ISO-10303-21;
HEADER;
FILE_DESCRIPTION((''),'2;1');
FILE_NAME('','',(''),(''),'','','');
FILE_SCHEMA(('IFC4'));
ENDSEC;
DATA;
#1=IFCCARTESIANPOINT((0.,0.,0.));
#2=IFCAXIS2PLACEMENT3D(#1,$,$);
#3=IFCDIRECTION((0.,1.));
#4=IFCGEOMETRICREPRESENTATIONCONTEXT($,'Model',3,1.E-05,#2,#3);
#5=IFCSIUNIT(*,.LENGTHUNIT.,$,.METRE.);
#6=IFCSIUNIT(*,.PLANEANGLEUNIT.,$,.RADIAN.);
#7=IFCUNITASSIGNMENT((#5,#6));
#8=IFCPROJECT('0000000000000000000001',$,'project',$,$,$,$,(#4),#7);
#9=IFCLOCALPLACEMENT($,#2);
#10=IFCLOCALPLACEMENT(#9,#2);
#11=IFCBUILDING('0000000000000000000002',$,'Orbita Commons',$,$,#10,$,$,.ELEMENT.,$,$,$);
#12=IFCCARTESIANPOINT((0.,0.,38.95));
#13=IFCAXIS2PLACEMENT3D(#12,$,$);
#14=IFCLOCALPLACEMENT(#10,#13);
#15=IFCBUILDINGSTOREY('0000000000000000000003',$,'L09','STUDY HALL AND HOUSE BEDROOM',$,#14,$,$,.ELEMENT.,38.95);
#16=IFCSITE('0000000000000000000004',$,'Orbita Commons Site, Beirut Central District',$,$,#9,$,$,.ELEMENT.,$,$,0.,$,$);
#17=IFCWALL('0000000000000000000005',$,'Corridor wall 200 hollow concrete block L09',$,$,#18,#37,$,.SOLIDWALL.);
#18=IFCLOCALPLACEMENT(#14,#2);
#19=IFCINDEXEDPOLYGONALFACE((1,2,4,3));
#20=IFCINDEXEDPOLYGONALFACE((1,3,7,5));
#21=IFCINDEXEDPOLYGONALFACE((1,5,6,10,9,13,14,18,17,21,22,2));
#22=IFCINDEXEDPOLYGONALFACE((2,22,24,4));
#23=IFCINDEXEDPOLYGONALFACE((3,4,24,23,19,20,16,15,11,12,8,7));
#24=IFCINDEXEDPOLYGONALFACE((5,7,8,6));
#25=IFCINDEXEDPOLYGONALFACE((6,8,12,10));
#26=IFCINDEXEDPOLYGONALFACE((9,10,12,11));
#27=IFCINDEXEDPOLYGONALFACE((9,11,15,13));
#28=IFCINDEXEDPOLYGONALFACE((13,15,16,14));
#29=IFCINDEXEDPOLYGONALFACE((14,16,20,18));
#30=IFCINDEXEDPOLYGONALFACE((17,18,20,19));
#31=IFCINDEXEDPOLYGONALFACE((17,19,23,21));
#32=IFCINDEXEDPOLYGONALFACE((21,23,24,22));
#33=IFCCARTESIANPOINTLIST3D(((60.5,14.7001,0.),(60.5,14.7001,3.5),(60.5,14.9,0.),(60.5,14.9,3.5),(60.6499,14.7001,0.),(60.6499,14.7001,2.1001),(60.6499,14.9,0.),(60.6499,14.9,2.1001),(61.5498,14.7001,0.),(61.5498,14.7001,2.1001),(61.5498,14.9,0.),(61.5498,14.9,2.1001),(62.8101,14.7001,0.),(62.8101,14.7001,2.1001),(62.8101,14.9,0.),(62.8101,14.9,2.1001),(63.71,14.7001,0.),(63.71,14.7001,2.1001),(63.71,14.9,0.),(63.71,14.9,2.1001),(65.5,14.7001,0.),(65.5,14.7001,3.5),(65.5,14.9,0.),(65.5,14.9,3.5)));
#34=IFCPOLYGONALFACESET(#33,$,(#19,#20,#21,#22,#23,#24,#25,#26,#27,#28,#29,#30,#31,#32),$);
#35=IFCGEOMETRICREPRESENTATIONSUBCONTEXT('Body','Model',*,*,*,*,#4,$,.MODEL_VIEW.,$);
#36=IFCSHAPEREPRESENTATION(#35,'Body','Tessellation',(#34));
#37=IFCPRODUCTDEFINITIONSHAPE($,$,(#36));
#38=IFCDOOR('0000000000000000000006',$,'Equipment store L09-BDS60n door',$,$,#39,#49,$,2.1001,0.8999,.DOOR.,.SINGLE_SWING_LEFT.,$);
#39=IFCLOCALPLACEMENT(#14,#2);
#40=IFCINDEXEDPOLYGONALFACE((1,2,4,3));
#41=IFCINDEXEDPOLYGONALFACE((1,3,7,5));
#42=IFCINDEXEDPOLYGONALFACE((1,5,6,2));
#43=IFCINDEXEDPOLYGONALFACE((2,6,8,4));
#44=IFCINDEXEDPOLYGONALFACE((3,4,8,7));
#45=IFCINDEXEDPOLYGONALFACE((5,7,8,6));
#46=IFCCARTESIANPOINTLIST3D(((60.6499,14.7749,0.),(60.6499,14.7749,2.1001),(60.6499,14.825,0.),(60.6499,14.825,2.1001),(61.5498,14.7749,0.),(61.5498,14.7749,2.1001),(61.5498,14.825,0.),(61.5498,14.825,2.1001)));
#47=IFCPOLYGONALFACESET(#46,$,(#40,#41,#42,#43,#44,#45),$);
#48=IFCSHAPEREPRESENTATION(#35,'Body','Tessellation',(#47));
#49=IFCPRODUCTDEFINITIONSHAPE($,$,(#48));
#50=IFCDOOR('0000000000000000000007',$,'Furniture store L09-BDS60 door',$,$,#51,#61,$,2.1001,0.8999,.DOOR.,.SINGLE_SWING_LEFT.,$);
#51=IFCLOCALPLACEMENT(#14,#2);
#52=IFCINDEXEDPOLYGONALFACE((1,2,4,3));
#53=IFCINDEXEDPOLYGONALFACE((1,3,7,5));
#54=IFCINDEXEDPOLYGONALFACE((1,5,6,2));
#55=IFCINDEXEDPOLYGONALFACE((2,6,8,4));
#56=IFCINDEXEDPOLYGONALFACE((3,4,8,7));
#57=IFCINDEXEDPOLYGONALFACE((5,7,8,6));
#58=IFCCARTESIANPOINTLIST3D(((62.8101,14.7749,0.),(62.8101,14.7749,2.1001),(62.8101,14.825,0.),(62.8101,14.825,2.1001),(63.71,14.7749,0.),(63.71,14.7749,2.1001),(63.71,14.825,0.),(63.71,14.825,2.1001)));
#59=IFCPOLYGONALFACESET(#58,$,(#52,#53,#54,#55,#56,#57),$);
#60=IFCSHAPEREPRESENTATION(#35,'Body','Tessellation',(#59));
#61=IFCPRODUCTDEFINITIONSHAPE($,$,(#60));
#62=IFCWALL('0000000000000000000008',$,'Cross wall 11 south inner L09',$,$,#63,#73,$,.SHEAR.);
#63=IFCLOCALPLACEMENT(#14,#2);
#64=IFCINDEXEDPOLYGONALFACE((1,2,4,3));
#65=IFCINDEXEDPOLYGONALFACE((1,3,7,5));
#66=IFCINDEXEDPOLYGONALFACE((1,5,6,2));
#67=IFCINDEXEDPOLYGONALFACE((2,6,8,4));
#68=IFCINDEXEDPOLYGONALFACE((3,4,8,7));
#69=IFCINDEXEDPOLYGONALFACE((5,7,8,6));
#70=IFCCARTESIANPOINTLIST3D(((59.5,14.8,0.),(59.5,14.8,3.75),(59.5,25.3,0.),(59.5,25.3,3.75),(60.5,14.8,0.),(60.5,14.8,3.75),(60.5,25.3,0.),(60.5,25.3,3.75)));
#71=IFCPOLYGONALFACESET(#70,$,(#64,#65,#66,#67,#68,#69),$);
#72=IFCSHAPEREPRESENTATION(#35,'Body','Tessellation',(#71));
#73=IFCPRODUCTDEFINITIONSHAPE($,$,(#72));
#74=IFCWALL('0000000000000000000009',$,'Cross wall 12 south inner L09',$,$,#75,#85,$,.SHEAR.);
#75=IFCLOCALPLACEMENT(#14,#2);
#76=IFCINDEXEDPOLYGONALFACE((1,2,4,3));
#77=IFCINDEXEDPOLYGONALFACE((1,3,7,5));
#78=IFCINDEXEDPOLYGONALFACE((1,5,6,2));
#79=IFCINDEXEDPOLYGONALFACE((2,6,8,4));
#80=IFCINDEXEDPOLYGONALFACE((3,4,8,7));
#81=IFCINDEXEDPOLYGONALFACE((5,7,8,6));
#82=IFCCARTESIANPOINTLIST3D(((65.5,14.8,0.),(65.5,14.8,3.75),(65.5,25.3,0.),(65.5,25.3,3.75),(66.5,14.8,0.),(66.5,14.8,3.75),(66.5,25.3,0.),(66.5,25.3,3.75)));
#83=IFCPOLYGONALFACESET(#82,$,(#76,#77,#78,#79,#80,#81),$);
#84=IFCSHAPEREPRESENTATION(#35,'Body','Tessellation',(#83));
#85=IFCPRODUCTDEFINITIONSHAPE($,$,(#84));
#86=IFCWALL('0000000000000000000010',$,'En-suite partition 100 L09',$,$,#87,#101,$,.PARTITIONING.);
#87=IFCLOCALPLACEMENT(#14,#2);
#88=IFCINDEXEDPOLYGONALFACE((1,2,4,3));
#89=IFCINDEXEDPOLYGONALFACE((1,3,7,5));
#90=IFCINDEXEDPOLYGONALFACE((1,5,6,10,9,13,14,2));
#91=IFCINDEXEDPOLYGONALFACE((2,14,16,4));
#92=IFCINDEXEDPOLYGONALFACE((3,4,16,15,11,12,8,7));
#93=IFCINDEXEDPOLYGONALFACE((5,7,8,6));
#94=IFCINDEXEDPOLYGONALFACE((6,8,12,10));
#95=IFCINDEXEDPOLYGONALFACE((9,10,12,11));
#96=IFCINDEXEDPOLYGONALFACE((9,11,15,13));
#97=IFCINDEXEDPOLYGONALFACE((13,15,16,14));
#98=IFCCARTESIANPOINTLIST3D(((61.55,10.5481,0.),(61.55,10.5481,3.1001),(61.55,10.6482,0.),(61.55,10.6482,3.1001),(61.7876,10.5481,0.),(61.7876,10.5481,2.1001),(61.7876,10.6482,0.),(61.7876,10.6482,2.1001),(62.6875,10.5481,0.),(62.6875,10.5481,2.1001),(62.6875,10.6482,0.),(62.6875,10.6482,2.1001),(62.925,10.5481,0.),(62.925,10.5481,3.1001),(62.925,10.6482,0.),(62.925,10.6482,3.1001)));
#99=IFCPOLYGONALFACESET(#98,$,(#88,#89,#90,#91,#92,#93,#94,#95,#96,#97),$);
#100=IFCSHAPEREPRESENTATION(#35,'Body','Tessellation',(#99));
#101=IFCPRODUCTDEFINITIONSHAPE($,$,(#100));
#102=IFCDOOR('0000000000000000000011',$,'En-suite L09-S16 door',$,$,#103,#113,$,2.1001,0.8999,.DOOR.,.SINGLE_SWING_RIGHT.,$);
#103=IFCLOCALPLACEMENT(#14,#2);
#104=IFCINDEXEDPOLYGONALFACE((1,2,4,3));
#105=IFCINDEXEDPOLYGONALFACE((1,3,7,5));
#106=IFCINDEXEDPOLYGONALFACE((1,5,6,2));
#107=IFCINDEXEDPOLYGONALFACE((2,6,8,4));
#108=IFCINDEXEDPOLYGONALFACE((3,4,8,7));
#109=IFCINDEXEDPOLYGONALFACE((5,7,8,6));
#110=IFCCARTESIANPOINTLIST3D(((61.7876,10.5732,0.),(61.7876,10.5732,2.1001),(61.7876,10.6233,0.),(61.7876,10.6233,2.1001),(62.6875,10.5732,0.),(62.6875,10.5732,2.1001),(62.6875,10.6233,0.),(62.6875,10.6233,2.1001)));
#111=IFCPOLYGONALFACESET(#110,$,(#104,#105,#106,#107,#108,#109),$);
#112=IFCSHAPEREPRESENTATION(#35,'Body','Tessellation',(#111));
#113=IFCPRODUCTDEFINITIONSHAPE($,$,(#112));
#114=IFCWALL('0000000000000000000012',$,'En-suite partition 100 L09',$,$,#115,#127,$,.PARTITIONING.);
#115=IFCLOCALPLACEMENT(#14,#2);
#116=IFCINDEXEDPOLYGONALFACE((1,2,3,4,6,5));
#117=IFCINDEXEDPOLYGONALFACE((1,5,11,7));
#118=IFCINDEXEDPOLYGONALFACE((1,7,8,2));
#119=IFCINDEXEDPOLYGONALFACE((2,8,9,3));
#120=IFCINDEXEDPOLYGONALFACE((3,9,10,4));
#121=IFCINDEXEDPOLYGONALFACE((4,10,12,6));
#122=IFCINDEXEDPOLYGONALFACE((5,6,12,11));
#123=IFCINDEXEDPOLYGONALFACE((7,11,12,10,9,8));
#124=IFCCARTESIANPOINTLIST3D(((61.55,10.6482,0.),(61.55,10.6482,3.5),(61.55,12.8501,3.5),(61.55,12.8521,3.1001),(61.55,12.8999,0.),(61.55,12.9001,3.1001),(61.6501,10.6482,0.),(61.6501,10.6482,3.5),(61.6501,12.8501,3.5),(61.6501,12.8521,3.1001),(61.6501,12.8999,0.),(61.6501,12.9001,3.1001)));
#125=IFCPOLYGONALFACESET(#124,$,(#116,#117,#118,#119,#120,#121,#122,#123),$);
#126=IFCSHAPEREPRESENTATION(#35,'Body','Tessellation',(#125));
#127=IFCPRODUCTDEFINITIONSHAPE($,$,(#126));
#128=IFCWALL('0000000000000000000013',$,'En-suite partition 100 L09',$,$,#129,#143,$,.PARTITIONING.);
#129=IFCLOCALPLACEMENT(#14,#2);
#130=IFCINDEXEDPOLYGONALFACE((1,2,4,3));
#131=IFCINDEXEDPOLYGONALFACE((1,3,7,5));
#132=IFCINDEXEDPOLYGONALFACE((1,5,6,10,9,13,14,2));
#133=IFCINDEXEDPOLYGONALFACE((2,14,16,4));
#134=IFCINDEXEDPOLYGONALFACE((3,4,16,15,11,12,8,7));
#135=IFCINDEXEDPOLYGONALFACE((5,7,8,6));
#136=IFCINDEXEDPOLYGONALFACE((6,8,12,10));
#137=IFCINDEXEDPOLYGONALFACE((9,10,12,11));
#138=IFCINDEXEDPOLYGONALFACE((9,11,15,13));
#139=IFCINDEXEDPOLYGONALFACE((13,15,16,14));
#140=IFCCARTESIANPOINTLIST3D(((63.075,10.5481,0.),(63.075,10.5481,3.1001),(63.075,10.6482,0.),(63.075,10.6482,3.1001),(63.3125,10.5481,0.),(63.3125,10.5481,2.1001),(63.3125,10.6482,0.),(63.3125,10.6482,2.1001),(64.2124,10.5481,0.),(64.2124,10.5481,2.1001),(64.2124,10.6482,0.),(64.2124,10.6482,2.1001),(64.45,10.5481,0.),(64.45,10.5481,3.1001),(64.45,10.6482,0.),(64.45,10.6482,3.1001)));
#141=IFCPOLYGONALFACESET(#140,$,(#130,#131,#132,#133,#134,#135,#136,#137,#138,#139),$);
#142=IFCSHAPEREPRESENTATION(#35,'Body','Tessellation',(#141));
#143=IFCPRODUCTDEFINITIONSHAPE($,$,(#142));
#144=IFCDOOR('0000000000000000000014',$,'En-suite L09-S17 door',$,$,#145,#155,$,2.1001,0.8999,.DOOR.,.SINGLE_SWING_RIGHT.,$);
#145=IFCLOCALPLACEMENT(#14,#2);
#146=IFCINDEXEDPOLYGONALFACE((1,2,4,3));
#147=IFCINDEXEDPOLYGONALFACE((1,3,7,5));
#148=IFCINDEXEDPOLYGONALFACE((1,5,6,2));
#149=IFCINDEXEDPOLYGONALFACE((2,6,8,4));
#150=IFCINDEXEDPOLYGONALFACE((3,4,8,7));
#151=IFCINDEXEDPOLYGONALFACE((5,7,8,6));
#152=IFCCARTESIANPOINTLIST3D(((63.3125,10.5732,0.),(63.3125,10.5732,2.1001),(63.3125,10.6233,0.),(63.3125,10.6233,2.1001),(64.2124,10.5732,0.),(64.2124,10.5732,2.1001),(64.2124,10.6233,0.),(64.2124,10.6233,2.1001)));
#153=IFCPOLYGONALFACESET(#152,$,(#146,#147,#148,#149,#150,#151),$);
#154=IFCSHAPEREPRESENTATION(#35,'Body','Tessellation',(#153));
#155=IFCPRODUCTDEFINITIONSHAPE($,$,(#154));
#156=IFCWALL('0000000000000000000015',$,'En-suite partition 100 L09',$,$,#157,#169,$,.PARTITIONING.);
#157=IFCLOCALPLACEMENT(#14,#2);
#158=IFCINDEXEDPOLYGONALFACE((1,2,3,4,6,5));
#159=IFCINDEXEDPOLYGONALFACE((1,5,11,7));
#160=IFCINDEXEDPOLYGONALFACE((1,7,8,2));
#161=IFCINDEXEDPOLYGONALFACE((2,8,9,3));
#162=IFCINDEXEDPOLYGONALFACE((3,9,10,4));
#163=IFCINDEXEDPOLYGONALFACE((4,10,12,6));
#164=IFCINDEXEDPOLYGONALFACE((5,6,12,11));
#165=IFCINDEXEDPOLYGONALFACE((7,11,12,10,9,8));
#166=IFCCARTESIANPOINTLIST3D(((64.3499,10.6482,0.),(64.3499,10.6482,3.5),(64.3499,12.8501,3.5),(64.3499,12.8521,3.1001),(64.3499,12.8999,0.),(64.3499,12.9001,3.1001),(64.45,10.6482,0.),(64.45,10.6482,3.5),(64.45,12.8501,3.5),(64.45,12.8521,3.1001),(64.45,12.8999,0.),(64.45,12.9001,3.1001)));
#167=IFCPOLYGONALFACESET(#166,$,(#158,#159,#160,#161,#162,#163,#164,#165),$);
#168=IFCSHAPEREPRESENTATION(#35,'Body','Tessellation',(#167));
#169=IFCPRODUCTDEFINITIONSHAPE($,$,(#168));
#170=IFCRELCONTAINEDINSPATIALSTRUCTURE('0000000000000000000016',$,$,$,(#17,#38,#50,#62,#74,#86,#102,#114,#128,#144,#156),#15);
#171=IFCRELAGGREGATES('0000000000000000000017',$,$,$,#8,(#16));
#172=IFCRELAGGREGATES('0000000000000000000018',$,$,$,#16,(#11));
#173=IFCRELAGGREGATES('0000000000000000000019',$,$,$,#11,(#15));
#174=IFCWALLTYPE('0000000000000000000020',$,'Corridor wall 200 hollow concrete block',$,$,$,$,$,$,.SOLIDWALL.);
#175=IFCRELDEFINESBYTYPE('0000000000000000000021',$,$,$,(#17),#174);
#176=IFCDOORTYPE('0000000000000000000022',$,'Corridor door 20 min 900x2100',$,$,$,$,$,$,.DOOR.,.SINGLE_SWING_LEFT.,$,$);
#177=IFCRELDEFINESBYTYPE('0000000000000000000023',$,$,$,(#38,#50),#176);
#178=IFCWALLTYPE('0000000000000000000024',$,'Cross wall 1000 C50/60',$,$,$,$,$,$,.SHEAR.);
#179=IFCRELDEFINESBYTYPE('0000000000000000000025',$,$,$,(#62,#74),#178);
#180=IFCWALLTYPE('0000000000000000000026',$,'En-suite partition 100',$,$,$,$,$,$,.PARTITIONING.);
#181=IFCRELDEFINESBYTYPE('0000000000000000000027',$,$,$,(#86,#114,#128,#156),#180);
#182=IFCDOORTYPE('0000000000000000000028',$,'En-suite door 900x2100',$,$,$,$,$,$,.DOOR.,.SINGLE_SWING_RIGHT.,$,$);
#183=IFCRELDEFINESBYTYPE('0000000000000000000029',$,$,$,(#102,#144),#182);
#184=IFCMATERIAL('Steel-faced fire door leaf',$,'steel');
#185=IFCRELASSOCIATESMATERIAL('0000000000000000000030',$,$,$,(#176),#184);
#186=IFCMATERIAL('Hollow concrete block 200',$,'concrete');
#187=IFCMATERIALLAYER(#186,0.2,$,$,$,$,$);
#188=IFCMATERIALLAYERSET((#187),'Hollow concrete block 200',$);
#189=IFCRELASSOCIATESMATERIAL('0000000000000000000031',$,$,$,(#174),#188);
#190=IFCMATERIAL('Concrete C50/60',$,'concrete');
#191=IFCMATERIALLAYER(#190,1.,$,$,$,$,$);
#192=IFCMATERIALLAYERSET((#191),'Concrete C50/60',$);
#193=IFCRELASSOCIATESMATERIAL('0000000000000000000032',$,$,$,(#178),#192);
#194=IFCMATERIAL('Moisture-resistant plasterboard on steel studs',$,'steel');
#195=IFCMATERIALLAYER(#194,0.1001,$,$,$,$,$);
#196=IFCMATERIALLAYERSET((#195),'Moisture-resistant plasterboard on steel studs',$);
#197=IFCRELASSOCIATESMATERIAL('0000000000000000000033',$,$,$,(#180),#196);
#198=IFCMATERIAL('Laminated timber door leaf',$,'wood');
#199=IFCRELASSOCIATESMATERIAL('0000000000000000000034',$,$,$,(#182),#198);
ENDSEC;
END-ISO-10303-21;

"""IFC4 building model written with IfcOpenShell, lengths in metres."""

from ifc_helpers import new_model, si_unit, direction, frame, frame_2d, origin, place, context, subcontext, project, spatial, polyline, rectangle, outline, extrude, material, layer, layer_set, type_object, element, fill, save


model = new_model("IFC4")

# Units and contexts
model_context = context("Model", 3, precision=1e-05, world=origin(), true_north=direction((0.0, 1.0)))
body_context = subcontext(model_context, "Body", "Model", "MODEL_VIEW")
ifc_project = project(units=[si_unit("LENGTHUNIT", "METRE"), si_unit("PLANEANGLEUNIT", "RADIAN")], contexts=[model_context])

# Site, building, storey
site_placement = place(None, origin())
site = spatial("IfcSite", under=ifc_project, at=site_placement, Name="Orbita Commons Site, Beirut Central District", CompositionType="ELEMENT", RefElevation=0.0)
building_placement = place(site_placement, origin())
building = spatial("IfcBuilding", under=site, at=building_placement, Name="Orbita Commons", CompositionType="ELEMENT")
storey_placement = place(building_placement, frame((0.0, 0.0, 38.95)))
storey = spatial("IfcBuildingStorey", under=building, at=storey_placement, Name="L09", Description="STUDY HALL AND HOUSE BEDROOM", CompositionType="ELEMENT", Elevation=38.95)

# Wall, openings, doors
ifc_material_1 = material(Name="Steel-faced fire door leaf", Category="steel")
door_type_1 = type_object("IfcDoorType", Name="Corridor door 20 min 900x2100", OperationType="SINGLE_SWING_LEFT", PredefinedType="DOOR", material=ifc_material_1)
ifc_material_2 = material(Name="Hollow concrete block 200", Category="concrete")
ifc_layer_1 = layer(ifc_material_2, 0.2)
ifc_layer_set_1 = layer_set([ifc_layer_1], Name="Hollow concrete block 200")
wall_type_1 = type_object("IfcWallType", Name="Corridor wall 200 hollow concrete block", PredefinedType="SOLIDWALL", material=ifc_layer_set_1)
wall_1_placement = place(storey_placement, frame((60.5, 14.8, 0.0), z_axis=(0.0, 0.0, 1.0), x_axis=(1.0, 0.0, 0.0)))
wall_1 = element("IfcWall", 1, at=wall_1_placement, inside=storey, type_object=wall_type_1, Name="Corridor wall 200 hollow concrete block L09", PredefinedType="SOLIDWALL", context=body_context, shape_type="SweptSolid", body=[
    extrude(rectangle(XDim=5.0, YDim=0.2, at=frame_2d((2.5, 0.0))), origin(), (0.0, 0.0, 1.0), 3.5),
])
opening_1_placement = place(wall_1_placement, frame((0.1499, 0.0, 0.0)))
opening_1 = element("IfcOpeningElement", 2, at=opening_1_placement, cuts=wall_1, PredefinedType="OPENING", context=body_context, shape_type="SweptSolid", body=[
    extrude(rectangle(XDim=0.8999, YDim=2.1001, at=frame_2d((0.45, 1.05))), frame((0.0, 0.1099, 0.0), z_axis=(0.0, -1.0, 0.0), x_axis=(1.0, 0.0, 0.0)), (0.0, 0.0, 1.0), 0.22),
])
opening_2_placement = place(wall_1_placement, frame((2.3101, 0.0, 0.0)))
opening_2 = element("IfcOpeningElement", 3, at=opening_2_placement, cuts=wall_1, PredefinedType="OPENING", context=body_context, shape_type="SweptSolid", body=[
    extrude(rectangle(XDim=0.8999, YDim=2.1001, at=frame_2d((0.45, 1.05))), frame((0.0, 0.1099, 0.0), z_axis=(0.0, -1.0, 0.0), x_axis=(1.0, 0.0, 0.0)), (0.0, 0.0, 1.0), 0.22),
])
door_1_placement = place(opening_1_placement, origin())
door_1 = element("IfcDoor", 4, at=door_1_placement, inside=storey, type_object=door_type_1, Name="Equipment store L09-BDS60n door", OperationType="SINGLE_SWING_LEFT", OverallHeight=2.1001, OverallWidth=0.8999, PredefinedType="DOOR", context=body_context, shape_type="SweptSolid", body=[
    extrude(rectangle(XDim=0.8999, YDim=2.1001, at=frame_2d((0.45, 1.05))), frame((0.0, 0.0249, 0.0), z_axis=(0.0, -1.0, 0.0), x_axis=(1.0, 0.0, 0.0)), (0.0, 0.0, 1.0), 0.05),
])
fill(opening_1, door_1)
door_2_placement = place(opening_2_placement, origin())
door_2 = element("IfcDoor", 5, at=door_2_placement, inside=storey, type_object=door_type_1, Name="Furniture store L09-BDS60 door", OperationType="SINGLE_SWING_LEFT", OverallHeight=2.1001, OverallWidth=0.8999, PredefinedType="DOOR", context=body_context, shape_type="SweptSolid", body=[
    extrude(rectangle(XDim=0.8999, YDim=2.1001, at=frame_2d((0.45, 1.05))), frame((0.0, 0.0249, 0.0), z_axis=(0.0, -1.0, 0.0), x_axis=(1.0, 0.0, 0.0)), (0.0, 0.0, 1.0), 0.05),
])
fill(opening_2, door_2)

# Walls
ifc_material_3 = material(Name="Concrete C50/60", Category="concrete")
ifc_layer_2 = layer(ifc_material_3, 1.0)
ifc_layer_set_2 = layer_set([ifc_layer_2], Name="Concrete C50/60")
wall_type_2 = type_object("IfcWallType", Name="Cross wall 1000 C50/60", PredefinedType="SHEAR", material=ifc_layer_set_2)
for number, where, z_axis, x_axis, name in (
    (6, (60.0, 14.8, 0.0), (0.0, 0.0, 1.0), (0.0, 1.0, 0.0), "Cross wall 11 south inner L09"),
    (7, (66.0, 14.8, 0.0), (0.0, 0.0, 1.0), (0.0, 1.0, 0.0), "Cross wall 12 south inner L09"),
):
    element("IfcWall", number, at=place(storey_placement, frame(where, z_axis=z_axis, x_axis=x_axis)), inside=storey, type_object=wall_type_2, Name=name, PredefinedType="SHEAR", context=body_context, shape_type="SweptSolid", body=[
        extrude(rectangle(XDim=10.5, YDim=1.0, at=frame_2d((5.25, 0.0))), origin(), (0.0, 0.0, 1.0), 3.75),
    ])

# Wall, opening, door
ifc_material_4 = material(Name="Moisture-resistant plasterboard on steel studs", Category="steel")
ifc_layer_3 = layer(ifc_material_4, 0.1001)
ifc_layer_set_3 = layer_set([ifc_layer_3], Name="Moisture-resistant plasterboard on steel studs")
wall_type_3 = type_object("IfcWallType", Name="En-suite partition 100", PredefinedType="PARTITIONING", material=ifc_layer_set_3)
wall_2_placement = place(storey_placement, frame((62.925, 10.5981, 0.0), z_axis=(0.0, 0.0, 1.0), x_axis=(-1.0, 0.0, 0.0)))
wall_2 = element("IfcWall", 8, at=wall_2_placement, inside=storey, type_object=wall_type_3, Name="En-suite partition 100 L09", PredefinedType="PARTITIONING", context=body_context, shape_type="SweptSolid", body=[
    extrude(outline(polyline([(0.0, 0.0), (1.375, 0.0), (1.375, 3.1001), (0.0, 3.1001), (0.0, 0.0)])), frame((0.0, 0.05, 0.0), z_axis=(0.0, -1.0, 0.0), x_axis=(1.0, 0.0, 0.0)), (0.0, 0.0, 1.0), 0.1001),
])
opening_3_placement = place(wall_2_placement, frame((0.2375, 0.0, 0.0)))
opening_3 = element("IfcOpeningElement", 9, at=opening_3_placement, cuts=wall_2, PredefinedType="OPENING", context=body_context, shape_type="SweptSolid", body=[
    extrude(rectangle(XDim=0.8999, YDim=2.1001, at=frame_2d((0.45, 1.05))), frame((0.0, 0.0601, 0.0), z_axis=(0.0, -1.0, 0.0), x_axis=(1.0, 0.0, 0.0)), (0.0, 0.0, 1.0), 0.1201),
])
ifc_material_5 = material(Name="Laminated timber door leaf", Category="wood")
door_type_2 = type_object("IfcDoorType", Name="En-suite door 900x2100", OperationType="SINGLE_SWING_RIGHT", PredefinedType="DOOR", material=ifc_material_5)
door_3_placement = place(opening_3_placement, origin())
door_3 = element("IfcDoor", 10, at=door_3_placement, inside=storey, type_object=door_type_2, Name="En-suite L09-S16 door", OperationType="SINGLE_SWING_RIGHT", OverallHeight=2.1001, OverallWidth=0.8999, PredefinedType="DOOR", context=body_context, shape_type="SweptSolid", body=[
    extrude(rectangle(XDim=0.8999, YDim=2.1001, at=frame_2d((0.45, 1.05))), frame((0.0, 0.0249, 0.0), z_axis=(0.0, -1.0, 0.0), x_axis=(1.0, 0.0, 0.0)), (0.0, 0.0, 1.0), 0.05),
])
fill(opening_3, door_3)

# Wall
wall_3_placement = place(storey_placement, frame((61.6001, 10.6482, 0.0), z_axis=(0.0, 0.0, 1.0), x_axis=(0.0, 1.0, 0.0)))
element("IfcWall", 11, at=wall_3_placement, inside=storey, type_object=wall_type_3, Name="En-suite partition 100 L09", PredefinedType="PARTITIONING", context=body_context, shape_type="SweptSolid", body=[
    extrude(outline(polyline([(0.0, 0.0), (2.2517, 0.0), (2.252, 3.1001), (2.2039, 3.1001), (2.2019, 3.5), (0.0, 3.5), (0.0, 0.0)])), frame((0.0, 0.05, 0.0), z_axis=(0.0, -1.0, 0.0), x_axis=(1.0, 0.0, 0.0)), (0.0, 0.0, 1.0), 0.1001),
])

# Wall, opening, door
wall_4_placement = place(storey_placement, frame((64.45, 10.5981, 0.0), z_axis=(0.0, 0.0, 1.0), x_axis=(-1.0, 0.0, 0.0)))
wall_4 = element("IfcWall", 12, at=wall_4_placement, inside=storey, type_object=wall_type_3, Name="En-suite partition 100 L09", PredefinedType="PARTITIONING", context=body_context, shape_type="SweptSolid", body=[
    extrude(outline(polyline([(0.0, 0.0), (1.375, 0.0), (1.375, 3.1001), (0.0, 3.1001), (0.0, 0.0)])), frame((0.0, 0.05, 0.0), z_axis=(0.0, -1.0, 0.0), x_axis=(1.0, 0.0, 0.0)), (0.0, 0.0, 1.0), 0.1001),
])
opening_4_placement = place(wall_4_placement, frame((0.2375, 0.0, 0.0)))
opening_4 = element("IfcOpeningElement", 13, at=opening_4_placement, cuts=wall_4, PredefinedType="OPENING", context=body_context, shape_type="SweptSolid", body=[
    extrude(rectangle(XDim=0.8999, YDim=2.1001, at=frame_2d((0.45, 1.05))), frame((0.0, 0.0601, 0.0), z_axis=(0.0, -1.0, 0.0), x_axis=(1.0, 0.0, 0.0)), (0.0, 0.0, 1.0), 0.1201),
])
door_4_placement = place(opening_4_placement, origin())
door_4 = element("IfcDoor", 14, at=door_4_placement, inside=storey, type_object=door_type_2, Name="En-suite L09-S17 door", OperationType="SINGLE_SWING_RIGHT", OverallHeight=2.1001, OverallWidth=0.8999, PredefinedType="DOOR", context=body_context, shape_type="SweptSolid", body=[
    extrude(rectangle(XDim=0.8999, YDim=2.1001, at=frame_2d((0.45, 1.05))), frame((0.0, 0.0249, 0.0), z_axis=(0.0, -1.0, 0.0), x_axis=(1.0, 0.0, 0.0)), (0.0, 0.0, 1.0), 0.05),
])
fill(opening_4, door_4)

# Wall
wall_5_placement = place(storey_placement, frame((64.3999, 10.6482, 0.0), z_axis=(0.0, 0.0, 1.0), x_axis=(0.0, 1.0, 0.0)))
element("IfcWall", 15, at=wall_5_placement, inside=storey, type_object=wall_type_3, Name="En-suite partition 100 L09", PredefinedType="PARTITIONING", context=body_context, shape_type="SweptSolid", body=[
    extrude(outline(polyline([(0.0, 0.0), (2.2517, 0.0), (2.252, 3.1001), (2.2039, 3.1001), (2.2019, 3.5), (0.0, 3.5), (0.0, 0.0)])), frame((0.0, 0.05, 0.0), z_axis=(0.0, -1.0, 0.0), x_axis=(1.0, 0.0, 0.0)), (0.0, 0.0, 1.0), 0.1001),
])

save(model, "model.ifc")
